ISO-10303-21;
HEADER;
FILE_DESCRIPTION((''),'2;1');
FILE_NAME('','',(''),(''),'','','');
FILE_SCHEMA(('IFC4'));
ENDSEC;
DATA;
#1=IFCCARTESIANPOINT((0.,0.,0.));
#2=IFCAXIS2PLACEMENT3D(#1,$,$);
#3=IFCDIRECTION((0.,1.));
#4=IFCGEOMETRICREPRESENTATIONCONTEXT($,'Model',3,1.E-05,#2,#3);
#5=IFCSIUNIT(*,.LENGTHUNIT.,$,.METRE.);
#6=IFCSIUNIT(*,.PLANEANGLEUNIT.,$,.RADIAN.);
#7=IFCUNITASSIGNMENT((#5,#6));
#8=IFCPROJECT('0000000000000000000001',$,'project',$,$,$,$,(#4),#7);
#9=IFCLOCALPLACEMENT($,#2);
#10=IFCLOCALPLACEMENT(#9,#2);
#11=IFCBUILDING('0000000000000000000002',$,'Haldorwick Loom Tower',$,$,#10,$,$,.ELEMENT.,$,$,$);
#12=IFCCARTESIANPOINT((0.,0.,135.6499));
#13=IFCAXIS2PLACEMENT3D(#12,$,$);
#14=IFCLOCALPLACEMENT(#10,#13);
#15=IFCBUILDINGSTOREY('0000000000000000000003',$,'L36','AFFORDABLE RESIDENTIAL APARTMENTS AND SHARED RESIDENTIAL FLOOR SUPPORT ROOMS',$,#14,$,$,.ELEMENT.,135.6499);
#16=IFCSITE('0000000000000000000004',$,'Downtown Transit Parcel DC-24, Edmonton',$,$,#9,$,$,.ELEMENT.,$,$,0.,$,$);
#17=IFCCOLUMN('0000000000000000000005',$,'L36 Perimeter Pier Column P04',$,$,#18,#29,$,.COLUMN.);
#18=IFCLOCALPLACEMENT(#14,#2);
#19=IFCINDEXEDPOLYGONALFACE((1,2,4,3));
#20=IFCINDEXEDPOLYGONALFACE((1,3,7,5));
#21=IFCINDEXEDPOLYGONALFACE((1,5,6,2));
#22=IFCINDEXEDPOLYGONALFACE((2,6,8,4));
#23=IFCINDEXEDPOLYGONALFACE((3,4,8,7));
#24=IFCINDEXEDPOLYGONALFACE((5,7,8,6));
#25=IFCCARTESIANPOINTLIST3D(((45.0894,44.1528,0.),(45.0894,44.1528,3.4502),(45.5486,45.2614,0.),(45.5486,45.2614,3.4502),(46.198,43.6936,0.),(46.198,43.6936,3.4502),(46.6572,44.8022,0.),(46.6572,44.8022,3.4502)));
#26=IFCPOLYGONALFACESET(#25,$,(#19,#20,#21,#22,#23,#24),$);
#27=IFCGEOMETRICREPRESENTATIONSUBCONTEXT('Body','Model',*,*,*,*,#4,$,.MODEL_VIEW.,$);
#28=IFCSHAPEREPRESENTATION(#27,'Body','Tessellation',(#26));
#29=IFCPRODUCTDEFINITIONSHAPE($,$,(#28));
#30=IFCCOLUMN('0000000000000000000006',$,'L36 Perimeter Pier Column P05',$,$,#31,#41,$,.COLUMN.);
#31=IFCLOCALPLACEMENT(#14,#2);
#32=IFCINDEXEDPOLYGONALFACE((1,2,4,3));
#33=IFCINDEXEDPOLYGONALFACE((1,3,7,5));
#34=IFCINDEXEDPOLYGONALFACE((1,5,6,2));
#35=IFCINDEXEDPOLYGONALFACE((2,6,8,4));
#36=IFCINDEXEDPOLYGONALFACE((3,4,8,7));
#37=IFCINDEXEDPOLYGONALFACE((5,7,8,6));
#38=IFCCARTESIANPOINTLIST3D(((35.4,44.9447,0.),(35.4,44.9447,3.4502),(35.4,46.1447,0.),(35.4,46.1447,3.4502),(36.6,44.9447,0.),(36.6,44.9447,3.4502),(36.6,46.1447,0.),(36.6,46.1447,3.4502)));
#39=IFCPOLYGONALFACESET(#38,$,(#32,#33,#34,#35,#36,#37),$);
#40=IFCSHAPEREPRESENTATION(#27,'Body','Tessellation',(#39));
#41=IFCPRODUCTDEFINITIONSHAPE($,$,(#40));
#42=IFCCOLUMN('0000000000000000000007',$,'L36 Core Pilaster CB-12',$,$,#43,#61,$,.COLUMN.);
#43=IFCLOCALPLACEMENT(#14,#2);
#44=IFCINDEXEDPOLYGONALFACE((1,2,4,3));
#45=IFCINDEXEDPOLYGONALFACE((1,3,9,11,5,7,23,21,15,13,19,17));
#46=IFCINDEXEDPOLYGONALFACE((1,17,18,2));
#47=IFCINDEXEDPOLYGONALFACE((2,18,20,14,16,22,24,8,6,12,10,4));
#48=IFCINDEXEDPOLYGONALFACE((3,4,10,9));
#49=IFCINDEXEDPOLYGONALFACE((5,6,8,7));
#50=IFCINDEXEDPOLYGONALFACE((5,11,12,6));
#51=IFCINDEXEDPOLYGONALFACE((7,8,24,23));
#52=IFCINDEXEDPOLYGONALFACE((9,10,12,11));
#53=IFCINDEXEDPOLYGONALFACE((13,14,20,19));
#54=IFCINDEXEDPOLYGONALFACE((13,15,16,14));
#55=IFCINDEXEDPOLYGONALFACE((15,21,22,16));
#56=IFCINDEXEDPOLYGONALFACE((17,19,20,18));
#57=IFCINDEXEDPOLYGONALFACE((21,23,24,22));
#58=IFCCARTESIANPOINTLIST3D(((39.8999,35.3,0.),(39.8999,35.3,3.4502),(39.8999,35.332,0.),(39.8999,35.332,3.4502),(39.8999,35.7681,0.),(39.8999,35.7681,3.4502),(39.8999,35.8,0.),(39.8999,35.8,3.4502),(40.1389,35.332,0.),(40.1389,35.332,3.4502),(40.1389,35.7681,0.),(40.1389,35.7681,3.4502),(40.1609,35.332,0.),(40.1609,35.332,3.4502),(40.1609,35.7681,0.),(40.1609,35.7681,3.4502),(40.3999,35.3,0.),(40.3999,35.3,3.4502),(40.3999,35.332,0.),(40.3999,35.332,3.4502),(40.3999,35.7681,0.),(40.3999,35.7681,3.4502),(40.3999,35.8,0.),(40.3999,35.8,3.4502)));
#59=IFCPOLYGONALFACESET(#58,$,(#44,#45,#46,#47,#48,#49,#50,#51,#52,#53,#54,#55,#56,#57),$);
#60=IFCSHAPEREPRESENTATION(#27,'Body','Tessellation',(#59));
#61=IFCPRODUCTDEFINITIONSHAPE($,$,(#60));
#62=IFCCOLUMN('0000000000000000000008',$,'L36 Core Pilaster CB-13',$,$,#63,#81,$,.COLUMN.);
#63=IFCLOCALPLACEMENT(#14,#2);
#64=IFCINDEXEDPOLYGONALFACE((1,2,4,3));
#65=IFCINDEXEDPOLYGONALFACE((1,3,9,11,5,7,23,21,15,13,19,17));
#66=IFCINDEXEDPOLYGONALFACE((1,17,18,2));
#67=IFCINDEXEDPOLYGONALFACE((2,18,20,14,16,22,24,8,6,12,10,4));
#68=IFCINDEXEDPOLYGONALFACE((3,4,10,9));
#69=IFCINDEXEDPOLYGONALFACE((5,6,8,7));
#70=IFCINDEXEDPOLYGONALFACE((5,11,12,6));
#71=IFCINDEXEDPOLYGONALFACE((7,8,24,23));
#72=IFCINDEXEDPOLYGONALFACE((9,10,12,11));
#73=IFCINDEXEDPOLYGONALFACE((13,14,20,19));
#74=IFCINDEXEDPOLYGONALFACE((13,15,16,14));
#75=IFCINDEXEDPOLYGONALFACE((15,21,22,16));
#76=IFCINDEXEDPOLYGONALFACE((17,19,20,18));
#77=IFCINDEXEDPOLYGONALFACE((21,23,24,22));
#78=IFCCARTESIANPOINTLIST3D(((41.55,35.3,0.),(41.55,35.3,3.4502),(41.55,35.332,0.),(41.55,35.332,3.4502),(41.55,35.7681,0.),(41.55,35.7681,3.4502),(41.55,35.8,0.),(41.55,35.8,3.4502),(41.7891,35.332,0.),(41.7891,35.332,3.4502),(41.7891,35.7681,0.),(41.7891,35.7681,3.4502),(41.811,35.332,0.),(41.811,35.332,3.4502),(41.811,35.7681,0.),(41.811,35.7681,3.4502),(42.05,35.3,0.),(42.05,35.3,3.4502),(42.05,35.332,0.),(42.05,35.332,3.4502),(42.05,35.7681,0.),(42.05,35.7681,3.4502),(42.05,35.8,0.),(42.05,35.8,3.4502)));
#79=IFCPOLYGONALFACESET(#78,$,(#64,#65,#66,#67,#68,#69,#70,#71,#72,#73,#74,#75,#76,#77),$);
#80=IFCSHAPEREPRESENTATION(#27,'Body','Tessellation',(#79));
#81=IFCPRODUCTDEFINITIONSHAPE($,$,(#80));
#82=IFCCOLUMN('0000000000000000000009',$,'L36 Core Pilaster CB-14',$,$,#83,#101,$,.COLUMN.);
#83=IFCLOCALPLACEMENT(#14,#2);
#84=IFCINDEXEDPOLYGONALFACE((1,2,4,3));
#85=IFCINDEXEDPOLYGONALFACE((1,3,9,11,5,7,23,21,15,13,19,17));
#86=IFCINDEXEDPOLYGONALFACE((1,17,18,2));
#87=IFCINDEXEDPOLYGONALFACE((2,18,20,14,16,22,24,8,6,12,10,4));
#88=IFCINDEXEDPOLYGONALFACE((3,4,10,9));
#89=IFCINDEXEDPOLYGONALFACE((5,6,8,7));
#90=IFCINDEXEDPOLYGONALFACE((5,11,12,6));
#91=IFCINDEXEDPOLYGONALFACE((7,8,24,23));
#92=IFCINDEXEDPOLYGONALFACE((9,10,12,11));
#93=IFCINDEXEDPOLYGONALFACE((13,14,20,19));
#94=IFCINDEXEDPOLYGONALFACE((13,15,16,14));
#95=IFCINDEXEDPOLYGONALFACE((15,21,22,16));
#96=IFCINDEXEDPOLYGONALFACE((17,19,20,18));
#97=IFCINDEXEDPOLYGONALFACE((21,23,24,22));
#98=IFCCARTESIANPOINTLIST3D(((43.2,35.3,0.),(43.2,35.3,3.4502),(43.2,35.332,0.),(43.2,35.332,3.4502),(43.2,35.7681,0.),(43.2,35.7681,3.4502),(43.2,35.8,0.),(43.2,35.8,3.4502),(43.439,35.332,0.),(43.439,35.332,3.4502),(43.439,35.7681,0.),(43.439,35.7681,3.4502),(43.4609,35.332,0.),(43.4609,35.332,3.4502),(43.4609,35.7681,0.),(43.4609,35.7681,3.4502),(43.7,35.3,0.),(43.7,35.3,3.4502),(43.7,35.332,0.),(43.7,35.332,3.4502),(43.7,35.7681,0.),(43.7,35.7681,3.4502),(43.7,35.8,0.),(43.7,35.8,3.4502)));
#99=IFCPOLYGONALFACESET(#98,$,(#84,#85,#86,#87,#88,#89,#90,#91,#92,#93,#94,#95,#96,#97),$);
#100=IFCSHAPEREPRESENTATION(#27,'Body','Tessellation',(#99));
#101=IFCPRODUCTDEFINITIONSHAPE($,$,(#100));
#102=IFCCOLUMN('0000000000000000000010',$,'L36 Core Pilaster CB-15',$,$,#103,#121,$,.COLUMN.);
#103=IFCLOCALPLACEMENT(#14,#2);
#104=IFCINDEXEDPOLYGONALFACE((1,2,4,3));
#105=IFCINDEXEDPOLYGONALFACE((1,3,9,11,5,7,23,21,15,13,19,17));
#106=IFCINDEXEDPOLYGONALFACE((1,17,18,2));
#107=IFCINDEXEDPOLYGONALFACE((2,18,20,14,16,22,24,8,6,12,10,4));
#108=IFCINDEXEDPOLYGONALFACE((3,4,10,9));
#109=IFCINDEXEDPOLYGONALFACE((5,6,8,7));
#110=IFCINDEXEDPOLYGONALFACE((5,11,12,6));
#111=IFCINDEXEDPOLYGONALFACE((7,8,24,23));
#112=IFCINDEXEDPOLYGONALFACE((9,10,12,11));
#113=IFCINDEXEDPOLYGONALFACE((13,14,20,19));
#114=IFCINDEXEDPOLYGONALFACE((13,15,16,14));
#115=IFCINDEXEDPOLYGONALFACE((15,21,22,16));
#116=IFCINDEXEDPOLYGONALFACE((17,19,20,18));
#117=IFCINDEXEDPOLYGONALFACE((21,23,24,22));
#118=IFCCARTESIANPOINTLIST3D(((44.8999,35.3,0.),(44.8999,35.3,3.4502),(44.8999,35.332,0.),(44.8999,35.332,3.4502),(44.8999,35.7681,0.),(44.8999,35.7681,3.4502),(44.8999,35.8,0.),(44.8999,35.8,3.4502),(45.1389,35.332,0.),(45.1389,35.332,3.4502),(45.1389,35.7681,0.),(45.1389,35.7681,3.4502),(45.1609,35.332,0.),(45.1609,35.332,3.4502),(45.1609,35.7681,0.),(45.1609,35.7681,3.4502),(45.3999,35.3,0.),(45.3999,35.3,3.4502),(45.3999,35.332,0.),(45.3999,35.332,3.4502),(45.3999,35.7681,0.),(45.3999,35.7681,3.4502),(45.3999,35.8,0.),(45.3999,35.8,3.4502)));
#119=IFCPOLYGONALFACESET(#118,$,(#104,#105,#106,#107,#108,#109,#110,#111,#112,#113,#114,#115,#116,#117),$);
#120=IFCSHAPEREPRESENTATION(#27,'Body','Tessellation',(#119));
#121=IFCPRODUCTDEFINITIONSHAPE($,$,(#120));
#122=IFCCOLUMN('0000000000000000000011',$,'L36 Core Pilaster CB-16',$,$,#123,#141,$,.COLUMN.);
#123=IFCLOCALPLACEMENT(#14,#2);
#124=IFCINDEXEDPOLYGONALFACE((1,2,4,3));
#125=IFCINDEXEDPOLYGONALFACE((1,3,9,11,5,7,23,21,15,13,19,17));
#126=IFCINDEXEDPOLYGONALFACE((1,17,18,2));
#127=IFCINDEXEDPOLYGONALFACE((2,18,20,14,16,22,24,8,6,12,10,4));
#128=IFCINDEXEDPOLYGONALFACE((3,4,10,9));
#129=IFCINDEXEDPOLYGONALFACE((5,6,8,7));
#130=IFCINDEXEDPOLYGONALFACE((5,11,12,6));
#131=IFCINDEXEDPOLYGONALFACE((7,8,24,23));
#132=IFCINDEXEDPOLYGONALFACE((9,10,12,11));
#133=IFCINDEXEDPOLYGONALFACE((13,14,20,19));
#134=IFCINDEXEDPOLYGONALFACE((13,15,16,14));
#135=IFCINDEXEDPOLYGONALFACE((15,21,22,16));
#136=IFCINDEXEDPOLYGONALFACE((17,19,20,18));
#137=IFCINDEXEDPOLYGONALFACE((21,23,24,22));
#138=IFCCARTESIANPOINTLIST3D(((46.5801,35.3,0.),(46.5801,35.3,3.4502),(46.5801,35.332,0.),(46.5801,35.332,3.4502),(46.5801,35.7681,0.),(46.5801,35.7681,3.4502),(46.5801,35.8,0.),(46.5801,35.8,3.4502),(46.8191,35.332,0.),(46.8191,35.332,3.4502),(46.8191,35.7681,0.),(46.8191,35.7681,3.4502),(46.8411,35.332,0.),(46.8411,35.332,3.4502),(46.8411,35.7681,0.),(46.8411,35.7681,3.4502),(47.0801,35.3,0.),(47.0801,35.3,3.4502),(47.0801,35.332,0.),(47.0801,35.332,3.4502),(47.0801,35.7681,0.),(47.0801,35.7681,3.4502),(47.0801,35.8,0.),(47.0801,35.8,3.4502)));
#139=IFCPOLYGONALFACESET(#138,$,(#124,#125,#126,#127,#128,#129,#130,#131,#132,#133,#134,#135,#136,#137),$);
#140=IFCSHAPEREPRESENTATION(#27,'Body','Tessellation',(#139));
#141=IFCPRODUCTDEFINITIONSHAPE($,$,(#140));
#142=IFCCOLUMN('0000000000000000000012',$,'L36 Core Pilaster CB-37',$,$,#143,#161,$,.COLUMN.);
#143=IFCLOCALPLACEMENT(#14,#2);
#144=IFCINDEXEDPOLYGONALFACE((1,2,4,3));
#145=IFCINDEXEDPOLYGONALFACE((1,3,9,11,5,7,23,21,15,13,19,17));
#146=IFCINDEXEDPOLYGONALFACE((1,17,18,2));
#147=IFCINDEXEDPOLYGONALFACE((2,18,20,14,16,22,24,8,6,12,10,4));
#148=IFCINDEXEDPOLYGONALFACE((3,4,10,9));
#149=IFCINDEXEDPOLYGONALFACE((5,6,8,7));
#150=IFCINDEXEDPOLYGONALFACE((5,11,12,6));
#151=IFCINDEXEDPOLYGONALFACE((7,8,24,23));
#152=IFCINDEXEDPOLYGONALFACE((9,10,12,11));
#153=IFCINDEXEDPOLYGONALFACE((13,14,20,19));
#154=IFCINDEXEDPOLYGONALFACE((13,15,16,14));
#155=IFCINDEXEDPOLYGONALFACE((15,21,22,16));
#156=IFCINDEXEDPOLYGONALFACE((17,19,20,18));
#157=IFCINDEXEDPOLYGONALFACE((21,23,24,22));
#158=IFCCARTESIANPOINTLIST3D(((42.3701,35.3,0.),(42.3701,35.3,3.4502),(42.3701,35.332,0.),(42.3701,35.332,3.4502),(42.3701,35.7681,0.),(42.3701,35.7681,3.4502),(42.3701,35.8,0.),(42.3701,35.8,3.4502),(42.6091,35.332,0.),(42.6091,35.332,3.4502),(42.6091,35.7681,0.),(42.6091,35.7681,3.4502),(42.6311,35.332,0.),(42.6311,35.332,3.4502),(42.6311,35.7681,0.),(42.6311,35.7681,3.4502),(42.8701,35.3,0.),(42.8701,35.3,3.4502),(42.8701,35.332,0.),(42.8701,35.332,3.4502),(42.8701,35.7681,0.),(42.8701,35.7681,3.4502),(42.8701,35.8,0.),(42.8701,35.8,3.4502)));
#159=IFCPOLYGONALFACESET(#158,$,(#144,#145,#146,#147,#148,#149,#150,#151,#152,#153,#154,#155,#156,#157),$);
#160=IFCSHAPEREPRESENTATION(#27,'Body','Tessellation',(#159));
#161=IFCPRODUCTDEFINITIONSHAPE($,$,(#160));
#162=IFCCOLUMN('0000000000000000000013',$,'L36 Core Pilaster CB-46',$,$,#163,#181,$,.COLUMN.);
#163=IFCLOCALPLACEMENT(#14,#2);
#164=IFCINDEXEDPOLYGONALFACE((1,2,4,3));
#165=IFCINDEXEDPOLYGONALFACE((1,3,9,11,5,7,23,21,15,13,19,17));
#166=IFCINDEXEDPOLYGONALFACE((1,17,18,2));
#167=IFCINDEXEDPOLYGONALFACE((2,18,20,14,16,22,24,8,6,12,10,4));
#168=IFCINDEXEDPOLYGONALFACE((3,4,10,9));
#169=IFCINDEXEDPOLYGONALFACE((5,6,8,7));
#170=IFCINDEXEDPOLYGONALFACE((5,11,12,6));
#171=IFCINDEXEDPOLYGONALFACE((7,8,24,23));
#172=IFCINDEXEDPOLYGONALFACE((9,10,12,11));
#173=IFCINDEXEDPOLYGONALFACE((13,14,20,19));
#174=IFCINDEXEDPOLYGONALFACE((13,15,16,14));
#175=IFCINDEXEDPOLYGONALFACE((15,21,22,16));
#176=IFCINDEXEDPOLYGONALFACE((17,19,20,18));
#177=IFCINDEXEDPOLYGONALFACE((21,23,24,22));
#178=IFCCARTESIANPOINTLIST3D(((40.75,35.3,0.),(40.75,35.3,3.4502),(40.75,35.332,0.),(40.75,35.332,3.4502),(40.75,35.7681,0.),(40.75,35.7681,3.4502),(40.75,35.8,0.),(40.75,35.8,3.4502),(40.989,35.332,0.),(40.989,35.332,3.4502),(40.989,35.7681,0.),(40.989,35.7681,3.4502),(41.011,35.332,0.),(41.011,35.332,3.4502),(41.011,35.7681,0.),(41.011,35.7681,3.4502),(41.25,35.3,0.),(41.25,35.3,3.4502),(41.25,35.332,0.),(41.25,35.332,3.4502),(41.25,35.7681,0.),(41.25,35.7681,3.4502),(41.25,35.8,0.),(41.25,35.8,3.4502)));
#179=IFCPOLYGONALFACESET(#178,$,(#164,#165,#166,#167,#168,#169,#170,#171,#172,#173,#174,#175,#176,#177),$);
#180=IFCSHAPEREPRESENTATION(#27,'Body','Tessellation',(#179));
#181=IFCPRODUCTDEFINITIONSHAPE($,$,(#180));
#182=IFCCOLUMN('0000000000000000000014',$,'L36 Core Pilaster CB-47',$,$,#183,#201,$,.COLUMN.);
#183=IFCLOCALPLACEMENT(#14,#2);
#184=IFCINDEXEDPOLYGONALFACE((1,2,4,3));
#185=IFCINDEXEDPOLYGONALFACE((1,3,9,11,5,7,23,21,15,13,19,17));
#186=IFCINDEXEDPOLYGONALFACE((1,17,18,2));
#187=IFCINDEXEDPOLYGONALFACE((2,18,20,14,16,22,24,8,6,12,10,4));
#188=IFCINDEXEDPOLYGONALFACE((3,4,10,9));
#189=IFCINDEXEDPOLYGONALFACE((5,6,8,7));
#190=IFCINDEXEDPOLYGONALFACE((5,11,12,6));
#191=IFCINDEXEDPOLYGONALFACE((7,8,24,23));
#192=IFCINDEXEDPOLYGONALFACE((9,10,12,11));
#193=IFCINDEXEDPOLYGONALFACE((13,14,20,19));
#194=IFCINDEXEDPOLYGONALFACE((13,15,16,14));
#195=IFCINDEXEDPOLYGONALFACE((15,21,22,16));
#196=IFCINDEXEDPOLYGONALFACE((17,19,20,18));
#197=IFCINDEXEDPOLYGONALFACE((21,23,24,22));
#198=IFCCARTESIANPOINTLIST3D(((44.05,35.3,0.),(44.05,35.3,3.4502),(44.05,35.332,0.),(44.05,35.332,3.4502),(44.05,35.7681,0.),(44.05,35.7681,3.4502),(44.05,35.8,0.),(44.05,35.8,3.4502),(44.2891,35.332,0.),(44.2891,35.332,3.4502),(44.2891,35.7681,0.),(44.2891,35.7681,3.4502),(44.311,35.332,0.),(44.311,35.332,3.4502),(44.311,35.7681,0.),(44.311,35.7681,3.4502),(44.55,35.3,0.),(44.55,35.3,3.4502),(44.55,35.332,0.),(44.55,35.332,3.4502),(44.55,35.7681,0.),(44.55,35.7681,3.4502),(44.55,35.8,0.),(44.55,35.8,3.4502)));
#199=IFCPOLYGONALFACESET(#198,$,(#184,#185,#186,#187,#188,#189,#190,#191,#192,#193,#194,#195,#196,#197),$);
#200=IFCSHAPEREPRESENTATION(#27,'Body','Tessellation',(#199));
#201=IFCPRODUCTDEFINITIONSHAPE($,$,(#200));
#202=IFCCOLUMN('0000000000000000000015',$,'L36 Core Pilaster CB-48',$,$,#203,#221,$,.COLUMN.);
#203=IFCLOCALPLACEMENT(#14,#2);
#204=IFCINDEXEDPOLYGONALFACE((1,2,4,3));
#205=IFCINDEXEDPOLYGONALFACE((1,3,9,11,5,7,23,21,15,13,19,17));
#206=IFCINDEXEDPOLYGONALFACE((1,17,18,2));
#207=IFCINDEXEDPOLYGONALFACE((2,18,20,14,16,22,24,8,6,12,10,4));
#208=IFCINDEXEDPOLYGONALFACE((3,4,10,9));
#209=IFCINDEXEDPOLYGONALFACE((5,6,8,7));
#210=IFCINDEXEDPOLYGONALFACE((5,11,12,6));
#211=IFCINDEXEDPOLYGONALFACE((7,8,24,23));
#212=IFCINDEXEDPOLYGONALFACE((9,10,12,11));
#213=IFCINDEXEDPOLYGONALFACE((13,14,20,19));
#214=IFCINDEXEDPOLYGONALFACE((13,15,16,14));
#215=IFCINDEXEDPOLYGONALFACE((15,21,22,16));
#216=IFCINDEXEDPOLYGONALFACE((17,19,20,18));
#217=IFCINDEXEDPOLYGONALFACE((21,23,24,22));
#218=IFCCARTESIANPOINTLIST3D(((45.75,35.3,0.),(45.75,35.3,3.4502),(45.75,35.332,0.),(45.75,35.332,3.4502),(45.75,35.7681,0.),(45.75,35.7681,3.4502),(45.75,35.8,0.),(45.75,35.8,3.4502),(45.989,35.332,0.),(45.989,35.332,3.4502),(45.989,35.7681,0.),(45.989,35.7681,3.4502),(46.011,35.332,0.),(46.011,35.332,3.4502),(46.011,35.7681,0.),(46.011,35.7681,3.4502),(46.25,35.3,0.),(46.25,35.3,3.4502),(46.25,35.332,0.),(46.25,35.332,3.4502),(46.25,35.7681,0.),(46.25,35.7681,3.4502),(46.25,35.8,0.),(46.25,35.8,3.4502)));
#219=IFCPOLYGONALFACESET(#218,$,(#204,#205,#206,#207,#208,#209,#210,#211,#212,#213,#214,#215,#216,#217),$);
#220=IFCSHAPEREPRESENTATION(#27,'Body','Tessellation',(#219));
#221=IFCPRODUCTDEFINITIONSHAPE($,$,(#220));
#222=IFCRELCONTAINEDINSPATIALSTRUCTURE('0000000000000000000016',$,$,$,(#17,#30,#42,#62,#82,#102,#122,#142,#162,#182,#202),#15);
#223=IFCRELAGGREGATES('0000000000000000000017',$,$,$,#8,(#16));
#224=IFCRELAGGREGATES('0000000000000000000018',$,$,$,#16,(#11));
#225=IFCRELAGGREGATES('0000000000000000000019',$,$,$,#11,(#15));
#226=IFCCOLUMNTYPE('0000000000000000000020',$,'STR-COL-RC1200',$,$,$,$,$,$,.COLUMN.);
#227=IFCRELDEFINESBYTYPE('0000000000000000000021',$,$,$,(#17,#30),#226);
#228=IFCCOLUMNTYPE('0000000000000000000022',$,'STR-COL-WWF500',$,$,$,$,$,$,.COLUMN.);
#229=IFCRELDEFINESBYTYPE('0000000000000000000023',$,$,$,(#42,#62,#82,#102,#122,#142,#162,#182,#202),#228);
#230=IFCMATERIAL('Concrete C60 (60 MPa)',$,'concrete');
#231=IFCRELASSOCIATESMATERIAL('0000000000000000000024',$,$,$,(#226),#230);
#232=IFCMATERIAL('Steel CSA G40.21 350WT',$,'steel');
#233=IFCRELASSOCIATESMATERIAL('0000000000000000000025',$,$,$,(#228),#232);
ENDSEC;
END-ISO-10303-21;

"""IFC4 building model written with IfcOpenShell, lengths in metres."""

from ifc_helpers import new_model, si_unit, direction, frame, origin, origin_2d, place, context, subcontext, project, spatial, rectangle, i_section, extrude, material, material_profile, profile_set, type_object, element, save


model = new_model("IFC4")

# Units and contexts
model_context = context("Model", 3, precision=1e-05, world=origin(), true_north=direction((0.0, 1.0)))
body_context = subcontext(model_context, "Body", "Model", "MODEL_VIEW")
ifc_project = project(units=[si_unit("LENGTHUNIT", "METRE"), si_unit("PLANEANGLEUNIT", "RADIAN")], contexts=[model_context])

# Site, building, storey
site_placement = place(None, origin())
site = spatial("IfcSite", under=ifc_project, at=site_placement, Name="Downtown Transit Parcel DC-24, Edmonton", CompositionType="ELEMENT", RefElevation=0.0)
building_placement = place(site_placement, origin())
building = spatial("IfcBuilding", under=site, at=building_placement, Name="Haldorwick Loom Tower", CompositionType="ELEMENT")
storey_placement = place(building_placement, frame((0.0, 0.0, 135.6499)))
storey = spatial("IfcBuildingStorey", under=building, at=storey_placement, Name="L36", Description="AFFORDABLE RESIDENTIAL APARTMENTS AND SHARED RESIDENTIAL FLOOR SUPPORT ROOMS", CompositionType="ELEMENT", Elevation=135.6499)

# Columns
ifc_material_1 = material(Name="Concrete C60 (60 MPa)", Category="concrete")
ifc_material_profile_1 = material_profile(ifc_material_1, rectangle(XDim=1.2, YDim=1.2, at=origin_2d()), Name="RC1200X1200", Category="concrete")
ifc_profile_set_1 = profile_set([ifc_material_profile_1], Name="Concrete C60 (60 MPa)")
column_type_1 = type_object("IfcColumnType", Name="STR-COL-RC1200", PredefinedType="COLUMN", material=ifc_profile_set_1)
for number, where, z_axis, x_axis, name in (
    (1, (45.8733, 44.4775, 0.0), (0.0, 0.0, 1.0), (0.382683, 0.92388, 0.0), "L36 Perimeter Pier Column P04"),
    (2, (36.0, 45.5447, 0.0), (0.0, 0.0, 1.0), (0.0, 1.0, 0.0), "L36 Perimeter Pier Column P05"),
):
    element("IfcColumn", number, at=place(storey_placement, frame(where, z_axis=z_axis, x_axis=x_axis)), inside=storey, type_object=column_type_1, Name=name, PredefinedType="COLUMN", context=body_context, shape_type="SweptSolid", body=[
        extrude(rectangle(XDim=1.2, YDim=1.2, at=origin_2d()), origin(), (0.0, 0.0, 1.0), 3.4502),
    ])
ifc_material_2 = material(Name="Steel CSA G40.21 350WT", Category="steel")
ifc_material_profile_2 = material_profile(ifc_material_2, i_section(OverallWidth=0.5, OverallDepth=0.5, WebThickness=0.022, FlangeThickness=0.032, at=origin_2d()), Name="WWF500X500", Category="steel")
ifc_profile_set_2 = profile_set([ifc_material_profile_2], Name="Steel CSA G40.21 350WT")
column_type_2 = type_object("IfcColumnType", Name="STR-COL-WWF500", PredefinedType="COLUMN", material=ifc_profile_set_2)
for number, where, z_axis, x_axis, name in (
    (3, (40.1499, 35.55, 0.0), (0.0, 0.0, 1.0), (1.0, 0.0, 0.0), "L36 Core Pilaster CB-12"),
    (4, (41.8, 35.55, 0.0), (0.0, 0.0, 1.0), (1.0, 0.0, 0.0), "L36 Core Pilaster CB-13"),
    (5, (43.45, 35.55, 0.0), (0.0, 0.0, 1.0), (1.0, 0.0, 0.0), "L36 Core Pilaster CB-14"),
    (6, (45.1499, 35.55, 0.0), (0.0, 0.0, 1.0), (1.0, 0.0, 0.0), "L36 Core Pilaster CB-15"),
    (7, (46.8301, 35.55, 0.0), (0.0, 0.0, 1.0), (1.0, 0.0, 0.0), "L36 Core Pilaster CB-16"),
    (8, (42.6201, 35.55, 0.0), (0.0, 0.0, 1.0), (1.0, 0.0, 0.0), "L36 Core Pilaster CB-37"),
    (9, (41.0, 35.55, 0.0), (0.0, 0.0, 1.0), (1.0, 0.0, 0.0), "L36 Core Pilaster CB-46"),
    (10, (44.3, 35.55, 0.0), (0.0, 0.0, 1.0), (1.0, 0.0, 0.0), "L36 Core Pilaster CB-47"),
    (11, (46.0, 35.55, 0.0), (0.0, 0.0, 1.0), (1.0, 0.0, 0.0), "L36 Core Pilaster CB-48"),
):
    element("IfcColumn", number, at=place(storey_placement, frame(where, z_axis=z_axis, x_axis=x_axis)), inside=storey, type_object=column_type_2, Name=name, PredefinedType="COLUMN", context=body_context, shape_type="SweptSolid", body=[
        extrude(i_section(OverallWidth=0.5, OverallDepth=0.5, WebThickness=0.022, FlangeThickness=0.032, at=origin_2d()), origin(), (0.0, 0.0, 1.0), 3.4502),
    ])

save(model, "model.ifc")
